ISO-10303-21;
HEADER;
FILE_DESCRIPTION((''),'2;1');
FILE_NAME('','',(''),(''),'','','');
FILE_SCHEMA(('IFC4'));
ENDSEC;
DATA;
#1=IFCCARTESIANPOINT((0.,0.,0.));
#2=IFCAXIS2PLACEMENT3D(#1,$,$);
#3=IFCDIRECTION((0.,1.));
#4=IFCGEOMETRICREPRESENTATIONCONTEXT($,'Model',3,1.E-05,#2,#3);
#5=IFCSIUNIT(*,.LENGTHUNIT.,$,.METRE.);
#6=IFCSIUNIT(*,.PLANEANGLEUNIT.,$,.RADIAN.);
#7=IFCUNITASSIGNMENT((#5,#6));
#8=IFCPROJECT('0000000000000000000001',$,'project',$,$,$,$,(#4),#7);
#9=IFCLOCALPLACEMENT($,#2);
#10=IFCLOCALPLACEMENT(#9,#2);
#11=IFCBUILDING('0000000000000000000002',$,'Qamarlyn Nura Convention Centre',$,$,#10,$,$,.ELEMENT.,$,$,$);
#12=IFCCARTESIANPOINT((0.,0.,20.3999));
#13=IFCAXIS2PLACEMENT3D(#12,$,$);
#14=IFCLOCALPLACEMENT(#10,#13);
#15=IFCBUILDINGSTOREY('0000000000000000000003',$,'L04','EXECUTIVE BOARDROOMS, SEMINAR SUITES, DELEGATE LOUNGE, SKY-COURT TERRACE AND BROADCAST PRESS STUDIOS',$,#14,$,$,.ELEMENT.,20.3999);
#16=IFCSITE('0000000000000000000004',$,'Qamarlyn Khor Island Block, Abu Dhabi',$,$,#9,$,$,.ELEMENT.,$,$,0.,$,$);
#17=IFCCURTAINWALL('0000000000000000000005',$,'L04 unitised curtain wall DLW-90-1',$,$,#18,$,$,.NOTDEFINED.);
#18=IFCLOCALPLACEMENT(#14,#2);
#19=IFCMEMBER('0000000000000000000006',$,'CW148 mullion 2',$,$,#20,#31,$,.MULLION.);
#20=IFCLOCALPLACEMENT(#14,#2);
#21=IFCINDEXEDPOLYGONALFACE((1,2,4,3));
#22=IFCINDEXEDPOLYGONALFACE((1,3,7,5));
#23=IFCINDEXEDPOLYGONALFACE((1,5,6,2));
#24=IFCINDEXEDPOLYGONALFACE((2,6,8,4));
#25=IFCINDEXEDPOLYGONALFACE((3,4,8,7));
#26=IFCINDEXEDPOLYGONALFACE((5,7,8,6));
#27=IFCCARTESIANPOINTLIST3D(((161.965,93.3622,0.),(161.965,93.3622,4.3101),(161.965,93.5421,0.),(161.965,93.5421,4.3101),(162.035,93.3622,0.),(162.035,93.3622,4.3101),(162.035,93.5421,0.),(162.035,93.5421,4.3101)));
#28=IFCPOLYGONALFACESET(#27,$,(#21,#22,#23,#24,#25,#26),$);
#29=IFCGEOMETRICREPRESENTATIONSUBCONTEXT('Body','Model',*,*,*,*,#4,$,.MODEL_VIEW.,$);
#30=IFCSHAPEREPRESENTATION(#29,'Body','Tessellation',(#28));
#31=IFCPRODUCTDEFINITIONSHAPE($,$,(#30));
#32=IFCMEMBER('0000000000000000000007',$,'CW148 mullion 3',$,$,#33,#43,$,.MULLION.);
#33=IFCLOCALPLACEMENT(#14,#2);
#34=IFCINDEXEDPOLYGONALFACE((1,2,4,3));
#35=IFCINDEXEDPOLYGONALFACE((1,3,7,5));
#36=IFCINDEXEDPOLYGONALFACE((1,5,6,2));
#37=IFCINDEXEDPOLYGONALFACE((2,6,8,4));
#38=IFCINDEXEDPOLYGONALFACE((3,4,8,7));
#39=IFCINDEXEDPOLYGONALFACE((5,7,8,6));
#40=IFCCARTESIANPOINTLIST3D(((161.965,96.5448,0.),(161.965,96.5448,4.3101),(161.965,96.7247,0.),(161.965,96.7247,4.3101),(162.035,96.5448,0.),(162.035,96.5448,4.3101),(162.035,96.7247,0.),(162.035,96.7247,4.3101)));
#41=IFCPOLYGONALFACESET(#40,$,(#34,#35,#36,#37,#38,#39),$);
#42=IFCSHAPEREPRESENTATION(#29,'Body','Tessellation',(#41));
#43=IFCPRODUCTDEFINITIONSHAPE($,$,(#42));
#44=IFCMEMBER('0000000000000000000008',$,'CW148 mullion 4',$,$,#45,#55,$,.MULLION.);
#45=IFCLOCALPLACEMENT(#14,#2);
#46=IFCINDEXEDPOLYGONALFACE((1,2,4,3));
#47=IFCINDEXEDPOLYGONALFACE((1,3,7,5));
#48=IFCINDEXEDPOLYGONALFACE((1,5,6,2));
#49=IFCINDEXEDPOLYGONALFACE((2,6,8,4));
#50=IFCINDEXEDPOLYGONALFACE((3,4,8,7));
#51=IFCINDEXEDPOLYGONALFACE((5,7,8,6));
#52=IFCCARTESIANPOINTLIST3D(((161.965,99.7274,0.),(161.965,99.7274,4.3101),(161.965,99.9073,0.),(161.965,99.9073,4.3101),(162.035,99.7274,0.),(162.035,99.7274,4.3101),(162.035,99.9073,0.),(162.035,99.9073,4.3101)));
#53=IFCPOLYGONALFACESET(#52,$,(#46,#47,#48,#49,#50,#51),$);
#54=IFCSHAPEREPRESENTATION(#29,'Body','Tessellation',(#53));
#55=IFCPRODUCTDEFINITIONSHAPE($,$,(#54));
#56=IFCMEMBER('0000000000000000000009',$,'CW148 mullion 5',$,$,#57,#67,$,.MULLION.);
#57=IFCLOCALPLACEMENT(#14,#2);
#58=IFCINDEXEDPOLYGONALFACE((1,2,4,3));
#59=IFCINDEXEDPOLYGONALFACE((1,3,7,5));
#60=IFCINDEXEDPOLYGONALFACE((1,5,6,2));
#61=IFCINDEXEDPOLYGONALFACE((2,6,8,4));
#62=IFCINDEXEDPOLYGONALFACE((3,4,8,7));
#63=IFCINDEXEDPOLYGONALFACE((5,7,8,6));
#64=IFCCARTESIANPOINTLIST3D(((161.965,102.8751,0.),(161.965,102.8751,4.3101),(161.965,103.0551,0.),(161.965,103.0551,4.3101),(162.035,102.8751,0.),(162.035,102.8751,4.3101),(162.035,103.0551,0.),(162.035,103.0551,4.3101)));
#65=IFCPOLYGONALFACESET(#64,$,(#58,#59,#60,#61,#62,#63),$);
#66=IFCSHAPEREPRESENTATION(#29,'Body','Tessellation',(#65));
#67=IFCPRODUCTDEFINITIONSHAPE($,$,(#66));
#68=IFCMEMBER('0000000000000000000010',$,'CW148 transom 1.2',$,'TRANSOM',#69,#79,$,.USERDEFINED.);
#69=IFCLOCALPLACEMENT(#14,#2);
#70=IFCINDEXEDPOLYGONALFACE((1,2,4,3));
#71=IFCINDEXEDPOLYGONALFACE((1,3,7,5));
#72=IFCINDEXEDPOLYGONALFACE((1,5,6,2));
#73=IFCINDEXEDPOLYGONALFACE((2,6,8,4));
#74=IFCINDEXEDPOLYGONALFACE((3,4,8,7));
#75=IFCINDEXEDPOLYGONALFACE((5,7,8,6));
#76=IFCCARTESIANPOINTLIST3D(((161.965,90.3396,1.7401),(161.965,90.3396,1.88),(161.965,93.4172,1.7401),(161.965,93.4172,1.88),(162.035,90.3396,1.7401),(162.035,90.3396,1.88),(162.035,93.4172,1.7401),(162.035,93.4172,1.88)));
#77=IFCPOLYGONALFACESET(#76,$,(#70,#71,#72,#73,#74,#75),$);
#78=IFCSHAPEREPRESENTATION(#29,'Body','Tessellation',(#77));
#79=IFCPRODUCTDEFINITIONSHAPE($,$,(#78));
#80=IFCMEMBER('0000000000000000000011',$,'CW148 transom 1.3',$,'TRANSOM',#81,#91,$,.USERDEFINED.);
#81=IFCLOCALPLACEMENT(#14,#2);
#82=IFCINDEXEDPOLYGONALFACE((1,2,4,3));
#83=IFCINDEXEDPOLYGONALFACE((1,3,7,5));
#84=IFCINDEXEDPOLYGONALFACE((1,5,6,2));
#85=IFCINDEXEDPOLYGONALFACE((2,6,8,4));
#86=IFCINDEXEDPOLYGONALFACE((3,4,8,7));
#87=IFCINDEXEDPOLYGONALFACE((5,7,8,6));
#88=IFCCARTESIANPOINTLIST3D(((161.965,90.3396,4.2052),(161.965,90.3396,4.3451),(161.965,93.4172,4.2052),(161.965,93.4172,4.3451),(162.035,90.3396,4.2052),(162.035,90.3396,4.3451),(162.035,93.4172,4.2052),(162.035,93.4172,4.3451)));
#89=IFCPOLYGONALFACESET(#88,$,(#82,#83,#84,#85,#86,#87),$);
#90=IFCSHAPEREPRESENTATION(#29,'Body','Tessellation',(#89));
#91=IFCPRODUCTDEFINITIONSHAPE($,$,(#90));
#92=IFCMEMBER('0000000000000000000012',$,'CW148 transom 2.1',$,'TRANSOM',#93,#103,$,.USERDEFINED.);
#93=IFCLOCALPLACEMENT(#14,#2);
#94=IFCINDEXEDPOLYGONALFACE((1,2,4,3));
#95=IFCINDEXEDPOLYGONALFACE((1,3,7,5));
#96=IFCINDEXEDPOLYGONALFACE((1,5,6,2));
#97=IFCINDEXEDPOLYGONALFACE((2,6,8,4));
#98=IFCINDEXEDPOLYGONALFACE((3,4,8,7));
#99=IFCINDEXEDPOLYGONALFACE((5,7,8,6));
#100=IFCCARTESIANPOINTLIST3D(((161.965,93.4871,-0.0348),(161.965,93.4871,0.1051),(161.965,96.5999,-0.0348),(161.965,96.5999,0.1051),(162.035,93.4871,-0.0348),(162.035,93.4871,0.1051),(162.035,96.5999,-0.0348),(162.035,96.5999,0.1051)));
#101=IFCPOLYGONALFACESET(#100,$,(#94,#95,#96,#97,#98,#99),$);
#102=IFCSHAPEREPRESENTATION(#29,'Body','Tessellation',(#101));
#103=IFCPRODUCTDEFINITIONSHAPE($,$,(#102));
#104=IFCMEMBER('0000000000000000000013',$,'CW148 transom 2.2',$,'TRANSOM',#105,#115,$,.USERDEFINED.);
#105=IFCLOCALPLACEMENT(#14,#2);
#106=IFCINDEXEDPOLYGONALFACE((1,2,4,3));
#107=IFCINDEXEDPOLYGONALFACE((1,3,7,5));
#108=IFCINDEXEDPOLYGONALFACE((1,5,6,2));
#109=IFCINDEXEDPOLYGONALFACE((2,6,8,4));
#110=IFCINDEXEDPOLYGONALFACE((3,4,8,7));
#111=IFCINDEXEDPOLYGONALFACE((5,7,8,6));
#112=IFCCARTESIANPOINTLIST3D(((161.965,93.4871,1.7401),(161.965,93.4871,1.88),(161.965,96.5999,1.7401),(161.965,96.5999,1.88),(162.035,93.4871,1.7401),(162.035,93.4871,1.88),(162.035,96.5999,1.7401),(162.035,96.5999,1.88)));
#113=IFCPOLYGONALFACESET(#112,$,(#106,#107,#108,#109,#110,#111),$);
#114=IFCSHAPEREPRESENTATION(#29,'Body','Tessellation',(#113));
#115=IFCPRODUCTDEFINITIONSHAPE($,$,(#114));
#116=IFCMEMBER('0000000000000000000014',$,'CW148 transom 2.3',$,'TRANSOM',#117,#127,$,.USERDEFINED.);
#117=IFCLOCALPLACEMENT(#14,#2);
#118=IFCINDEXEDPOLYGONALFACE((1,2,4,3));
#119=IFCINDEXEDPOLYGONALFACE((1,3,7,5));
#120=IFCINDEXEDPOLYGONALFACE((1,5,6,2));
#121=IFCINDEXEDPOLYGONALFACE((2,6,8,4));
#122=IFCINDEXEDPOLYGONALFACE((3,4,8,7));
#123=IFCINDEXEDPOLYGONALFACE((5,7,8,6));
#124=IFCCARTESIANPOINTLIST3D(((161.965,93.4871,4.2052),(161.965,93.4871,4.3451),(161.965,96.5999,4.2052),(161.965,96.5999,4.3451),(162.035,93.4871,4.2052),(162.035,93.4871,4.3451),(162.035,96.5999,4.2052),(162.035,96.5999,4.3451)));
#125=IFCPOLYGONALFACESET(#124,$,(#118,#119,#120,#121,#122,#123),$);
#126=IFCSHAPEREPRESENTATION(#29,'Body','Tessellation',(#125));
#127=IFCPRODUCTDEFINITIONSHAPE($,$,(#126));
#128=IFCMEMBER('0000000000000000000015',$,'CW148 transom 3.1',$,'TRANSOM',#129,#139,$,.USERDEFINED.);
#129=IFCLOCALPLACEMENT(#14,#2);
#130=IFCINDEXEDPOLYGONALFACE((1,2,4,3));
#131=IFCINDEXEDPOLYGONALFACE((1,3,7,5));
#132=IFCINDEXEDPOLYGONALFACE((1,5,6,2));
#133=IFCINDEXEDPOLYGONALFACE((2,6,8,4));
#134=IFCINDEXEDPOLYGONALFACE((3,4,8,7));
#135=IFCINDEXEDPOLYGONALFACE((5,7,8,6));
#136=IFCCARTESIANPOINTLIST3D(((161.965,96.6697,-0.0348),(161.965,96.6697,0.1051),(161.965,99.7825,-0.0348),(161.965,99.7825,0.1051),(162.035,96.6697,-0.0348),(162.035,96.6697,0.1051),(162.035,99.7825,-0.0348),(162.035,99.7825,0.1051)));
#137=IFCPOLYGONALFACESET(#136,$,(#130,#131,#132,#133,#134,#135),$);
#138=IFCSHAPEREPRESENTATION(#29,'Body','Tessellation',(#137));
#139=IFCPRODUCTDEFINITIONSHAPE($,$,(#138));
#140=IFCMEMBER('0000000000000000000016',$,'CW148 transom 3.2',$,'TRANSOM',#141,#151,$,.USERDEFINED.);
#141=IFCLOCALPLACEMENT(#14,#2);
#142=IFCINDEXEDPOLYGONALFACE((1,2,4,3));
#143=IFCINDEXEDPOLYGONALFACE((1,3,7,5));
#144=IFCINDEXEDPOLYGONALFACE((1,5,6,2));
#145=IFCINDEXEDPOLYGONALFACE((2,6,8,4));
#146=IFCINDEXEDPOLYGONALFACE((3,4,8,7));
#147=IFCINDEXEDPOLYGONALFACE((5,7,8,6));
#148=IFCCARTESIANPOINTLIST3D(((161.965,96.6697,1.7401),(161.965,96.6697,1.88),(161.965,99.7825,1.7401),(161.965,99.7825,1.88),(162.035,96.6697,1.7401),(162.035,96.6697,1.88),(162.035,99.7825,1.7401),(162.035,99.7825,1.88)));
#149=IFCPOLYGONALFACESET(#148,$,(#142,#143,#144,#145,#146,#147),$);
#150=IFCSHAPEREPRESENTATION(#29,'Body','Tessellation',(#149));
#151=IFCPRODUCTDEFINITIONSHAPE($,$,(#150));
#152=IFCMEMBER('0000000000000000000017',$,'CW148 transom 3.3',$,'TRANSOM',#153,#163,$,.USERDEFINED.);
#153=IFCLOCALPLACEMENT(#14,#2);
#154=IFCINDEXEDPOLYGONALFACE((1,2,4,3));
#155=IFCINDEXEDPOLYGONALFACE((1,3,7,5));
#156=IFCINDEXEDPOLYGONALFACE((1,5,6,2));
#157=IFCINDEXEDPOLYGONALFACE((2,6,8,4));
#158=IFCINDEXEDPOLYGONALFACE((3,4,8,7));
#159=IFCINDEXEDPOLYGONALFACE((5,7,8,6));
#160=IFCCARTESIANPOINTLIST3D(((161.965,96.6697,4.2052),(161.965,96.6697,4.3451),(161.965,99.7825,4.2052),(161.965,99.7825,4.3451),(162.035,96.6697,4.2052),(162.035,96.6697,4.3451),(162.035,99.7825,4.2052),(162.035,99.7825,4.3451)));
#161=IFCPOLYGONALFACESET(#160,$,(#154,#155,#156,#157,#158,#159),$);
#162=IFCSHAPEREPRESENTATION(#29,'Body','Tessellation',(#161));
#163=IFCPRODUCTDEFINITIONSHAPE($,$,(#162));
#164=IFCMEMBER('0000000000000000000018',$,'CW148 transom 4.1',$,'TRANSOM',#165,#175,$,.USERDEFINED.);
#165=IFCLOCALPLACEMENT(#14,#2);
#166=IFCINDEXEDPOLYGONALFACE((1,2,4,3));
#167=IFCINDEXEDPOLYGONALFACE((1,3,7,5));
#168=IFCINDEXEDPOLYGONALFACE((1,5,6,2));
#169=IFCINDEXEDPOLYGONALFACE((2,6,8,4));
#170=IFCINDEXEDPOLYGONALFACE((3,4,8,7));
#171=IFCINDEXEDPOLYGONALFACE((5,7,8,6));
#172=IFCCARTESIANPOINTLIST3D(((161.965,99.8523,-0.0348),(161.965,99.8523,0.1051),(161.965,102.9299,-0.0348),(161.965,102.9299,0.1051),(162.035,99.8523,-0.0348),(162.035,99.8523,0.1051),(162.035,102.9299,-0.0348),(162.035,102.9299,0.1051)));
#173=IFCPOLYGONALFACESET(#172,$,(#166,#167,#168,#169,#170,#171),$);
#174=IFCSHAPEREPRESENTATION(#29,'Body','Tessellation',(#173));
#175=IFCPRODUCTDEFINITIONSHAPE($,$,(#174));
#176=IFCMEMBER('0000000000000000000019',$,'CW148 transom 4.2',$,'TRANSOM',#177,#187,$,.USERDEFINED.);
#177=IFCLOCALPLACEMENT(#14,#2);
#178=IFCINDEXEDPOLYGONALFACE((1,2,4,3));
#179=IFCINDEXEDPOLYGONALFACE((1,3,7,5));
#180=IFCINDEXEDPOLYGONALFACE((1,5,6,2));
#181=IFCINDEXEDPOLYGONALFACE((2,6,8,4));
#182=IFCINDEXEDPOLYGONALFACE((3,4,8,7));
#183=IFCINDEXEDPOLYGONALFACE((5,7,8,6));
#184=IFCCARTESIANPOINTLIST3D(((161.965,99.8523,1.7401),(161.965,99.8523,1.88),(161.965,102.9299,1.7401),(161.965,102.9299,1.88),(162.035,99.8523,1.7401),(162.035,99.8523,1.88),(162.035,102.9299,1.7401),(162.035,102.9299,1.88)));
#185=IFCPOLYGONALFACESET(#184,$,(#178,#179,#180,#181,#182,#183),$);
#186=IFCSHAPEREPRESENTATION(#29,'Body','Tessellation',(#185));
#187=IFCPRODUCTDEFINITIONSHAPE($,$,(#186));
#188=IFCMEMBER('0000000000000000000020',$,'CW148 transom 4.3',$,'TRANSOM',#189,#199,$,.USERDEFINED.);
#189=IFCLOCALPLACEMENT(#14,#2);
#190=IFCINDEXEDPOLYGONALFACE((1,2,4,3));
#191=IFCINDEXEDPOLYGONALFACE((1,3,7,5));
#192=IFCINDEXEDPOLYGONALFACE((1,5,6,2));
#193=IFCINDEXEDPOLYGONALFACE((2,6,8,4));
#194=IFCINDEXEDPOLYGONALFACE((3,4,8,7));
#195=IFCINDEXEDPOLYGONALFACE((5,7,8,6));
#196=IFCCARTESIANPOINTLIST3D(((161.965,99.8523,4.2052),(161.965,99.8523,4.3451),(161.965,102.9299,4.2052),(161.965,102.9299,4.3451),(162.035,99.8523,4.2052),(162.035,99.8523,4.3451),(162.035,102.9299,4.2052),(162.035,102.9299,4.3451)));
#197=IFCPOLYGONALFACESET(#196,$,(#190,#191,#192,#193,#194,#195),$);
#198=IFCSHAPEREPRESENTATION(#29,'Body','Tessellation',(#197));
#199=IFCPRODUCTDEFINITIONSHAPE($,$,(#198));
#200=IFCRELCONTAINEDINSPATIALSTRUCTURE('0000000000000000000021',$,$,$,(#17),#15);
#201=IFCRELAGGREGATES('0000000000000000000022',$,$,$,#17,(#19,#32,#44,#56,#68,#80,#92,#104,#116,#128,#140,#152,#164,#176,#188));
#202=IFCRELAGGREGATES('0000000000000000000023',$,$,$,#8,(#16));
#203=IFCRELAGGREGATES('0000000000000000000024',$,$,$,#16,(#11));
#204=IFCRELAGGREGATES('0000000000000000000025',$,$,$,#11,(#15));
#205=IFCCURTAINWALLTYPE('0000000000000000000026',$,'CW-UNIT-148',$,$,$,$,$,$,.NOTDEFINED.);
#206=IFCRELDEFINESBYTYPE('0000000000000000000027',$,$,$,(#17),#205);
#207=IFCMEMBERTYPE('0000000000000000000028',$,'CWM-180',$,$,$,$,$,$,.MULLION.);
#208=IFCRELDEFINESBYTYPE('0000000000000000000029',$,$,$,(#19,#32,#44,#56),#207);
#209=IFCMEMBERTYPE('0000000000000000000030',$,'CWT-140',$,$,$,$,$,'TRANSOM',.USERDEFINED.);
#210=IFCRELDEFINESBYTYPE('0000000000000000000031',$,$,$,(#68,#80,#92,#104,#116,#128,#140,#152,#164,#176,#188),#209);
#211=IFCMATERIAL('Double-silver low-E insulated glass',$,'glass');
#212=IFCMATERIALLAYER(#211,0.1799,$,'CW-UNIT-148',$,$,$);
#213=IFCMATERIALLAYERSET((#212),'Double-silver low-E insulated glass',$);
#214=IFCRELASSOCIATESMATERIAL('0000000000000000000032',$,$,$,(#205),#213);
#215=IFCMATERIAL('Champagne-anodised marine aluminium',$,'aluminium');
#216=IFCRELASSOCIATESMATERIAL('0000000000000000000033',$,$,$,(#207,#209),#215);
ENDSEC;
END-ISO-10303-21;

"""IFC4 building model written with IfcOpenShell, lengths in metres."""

from ifc_helpers import new_model, si_unit, direction, frame, origin, origin_2d, place, context, subcontext, project, spatial, rectangle, extrude, material, layer, layer_set, material_profile, profile_set, type_object, element, aggregate, save


model = new_model("IFC4")

# Units and contexts
model_context = context("Model", 3, precision=1e-05, world=origin(), true_north=direction((0.0, 1.0)))
body_context = subcontext(model_context, "Body", "Model", "MODEL_VIEW")
ifc_project = project(units=[si_unit("LENGTHUNIT", "METRE"), si_unit("PLANEANGLEUNIT", "RADIAN")], contexts=[model_context])

# Site, building, storey
site_placement = place(None, origin())
site = spatial("IfcSite", under=ifc_project, at=site_placement, Name="Qamarlyn Khor Island Block, Abu Dhabi", CompositionType="ELEMENT", RefElevation=0.0)
building_placement = place(site_placement, origin())
building = spatial("IfcBuilding", under=site, at=building_placement, Name="Qamarlyn Nura Convention Centre", CompositionType="ELEMENT")
storey_placement = place(building_placement, frame((0.0, 0.0, 20.3999)))
storey = spatial("IfcBuildingStorey", under=building, at=storey_placement, Name="L04", Description="EXECUTIVE BOARDROOMS, SEMINAR SUITES, DELEGATE LOUNGE, SKY-COURT TERRACE AND BROADCAST PRESS STUDIOS", CompositionType="ELEMENT", Elevation=20.3999)

# Shared definitions
ifc_material_1 = material(Name="Double-silver low-E insulated glass", Category="glass")
ifc_material_2 = material(Name="Champagne-anodised marine aluminium", Category="aluminium")

# Curtain wall, members
ifc_layer_1 = layer(ifc_material_1, 0.1799, Name="CW-UNIT-148")
ifc_layer_set_1 = layer_set([ifc_layer_1], Name="Double-silver low-E insulated glass")
curtain_wall_type_1 = type_object("IfcCurtainWallType", Name="CW-UNIT-148", PredefinedType="NOTDEFINED", material=ifc_layer_set_1)
curtain_wall_1_placement = place(storey_placement, origin())
curtain_wall_1 = element("IfcCurtainWall", 1, at=curtain_wall_1_placement, inside=storey, type_object=curtain_wall_type_1, Name="L04 unitised curtain wall DLW-90-1", PredefinedType="NOTDEFINED")
ifc_material_profile_1 = material_profile(ifc_material_2, rectangle(XDim=0.0701, YDim=0.1799, at=origin_2d()), Name="ALU MULLION 70x180")
ifc_profile_set_1 = profile_set([ifc_material_profile_1], Name="Champagne-anodised marine aluminium")
member_type_1 = type_object("IfcMemberType", Name="CWM-180", PredefinedType="MULLION", material=ifc_profile_set_1)
member_1_placement = place(storey_placement, frame((162.0, 93.4521, 0.0), z_axis=(0.0, 0.0, 1.0), x_axis=(-1.0, 0.0, 0.0)))
member_1 = element("IfcMember", 2, at=member_1_placement, type_object=member_type_1, Name="CW148 mullion 2", PredefinedType="MULLION", context=body_context, shape_type="SweptSolid", body=[
    extrude(rectangle(XDim=0.0701, YDim=0.1799, at=origin_2d()), origin(), (0.0, 0.0, 1.0), 4.3101),
])
member_2_placement = place(storey_placement, frame((162.0, 96.6348, 0.0), z_axis=(0.0, 0.0, 1.0), x_axis=(-1.0, 0.0, 0.0)))
member_2 = element("IfcMember", 3, at=member_2_placement, type_object=member_type_1, Name="CW148 mullion 3", PredefinedType="MULLION", context=body_context, shape_type="SweptSolid", body=[
    extrude(rectangle(XDim=0.0701, YDim=0.1799, at=origin_2d()), origin(), (0.0, 0.0, 1.0), 4.3101),
])
member_3_placement = place(storey_placement, frame((162.0, 99.8174, 0.0), z_axis=(0.0, 0.0, 1.0), x_axis=(-1.0, 0.0, 0.0)))
member_3 = element("IfcMember", 4, at=member_3_placement, type_object=member_type_1, Name="CW148 mullion 4", PredefinedType="MULLION", context=body_context, shape_type="SweptSolid", body=[
    extrude(rectangle(XDim=0.0701, YDim=0.1799, at=origin_2d()), origin(), (0.0, 0.0, 1.0), 4.3101),
])
member_4_placement = place(storey_placement, frame((162.0, 102.9651, 0.0), z_axis=(0.0, 0.0, 1.0), x_axis=(-1.0, 0.0, 0.0)))
member_4 = element("IfcMember", 5, at=member_4_placement, type_object=member_type_1, Name="CW148 mullion 5", PredefinedType="MULLION", context=body_context, shape_type="SweptSolid", body=[
    extrude(rectangle(XDim=0.0701, YDim=0.1799, at=origin_2d()), origin(), (0.0, 0.0, 1.0), 4.3101),
])
ifc_material_profile_2 = material_profile(ifc_material_2, rectangle(XDim=0.0701, YDim=0.1399, at=origin_2d()), Name="ALU TRANSOM 70x140")
ifc_profile_set_2 = profile_set([ifc_material_profile_2], Name="Champagne-anodised marine aluminium")
member_type_2 = type_object("IfcMemberType", Name="CWT-140", ElementType="TRANSOM", PredefinedType="USERDEFINED", material=ifc_profile_set_2)
member_5_placement = place(storey_placement, frame((162.0, 90.3396, 1.8101), z_axis=(0.0, 1.0, 0.0), x_axis=(-1.0, 0.0, 0.0)))
member_5 = element("IfcMember", 6, at=member_5_placement, type_object=member_type_2, Name="CW148 transom 1.2", ObjectType="TRANSOM", PredefinedType="USERDEFINED", context=body_context, shape_type="SweptSolid", body=[
    extrude(rectangle(XDim=0.0701, YDim=0.1399, at=origin_2d()), origin(), (0.0, 0.0, 1.0), 3.0776),
])
member_6_placement = place(storey_placement, frame((162.0, 90.3396, 4.2751), z_axis=(0.0, 1.0, 0.0), x_axis=(-1.0, 0.0, 0.0)))
member_6 = element("IfcMember", 7, at=member_6_placement, type_object=member_type_2, Name="CW148 transom 1.3", ObjectType="TRANSOM", PredefinedType="USERDEFINED", context=body_context, shape_type="SweptSolid", body=[
    extrude(rectangle(XDim=0.0701, YDim=0.1399, at=origin_2d()), origin(), (0.0, 0.0, 1.0), 3.0776),
])
member_7_placement = place(storey_placement, frame((162.0, 93.4871, 0.0352), z_axis=(0.0, 1.0, 0.0), x_axis=(-1.0, 0.0, 0.0)))
member_7 = element("IfcMember", 8, at=member_7_placement, type_object=member_type_2, Name="CW148 transom 2.1", ObjectType="TRANSOM", PredefinedType="USERDEFINED", context=body_context, shape_type="SweptSolid", body=[
    extrude(rectangle(XDim=0.0701, YDim=0.1399, at=origin_2d()), origin(), (0.0, 0.0, 1.0), 3.1128),
])
member_8_placement = place(storey_placement, frame((162.0, 93.4871, 1.8101), z_axis=(0.0, 1.0, 0.0), x_axis=(-1.0, 0.0, 0.0)))
member_8 = element("IfcMember", 9, at=member_8_placement, type_object=member_type_2, Name="CW148 transom 2.2", ObjectType="TRANSOM", PredefinedType="USERDEFINED", context=body_context, shape_type="SweptSolid", body=[
    extrude(rectangle(XDim=0.0701, YDim=0.1399, at=origin_2d()), origin(), (0.0, 0.0, 1.0), 3.1128),
])
member_9_placement = place(storey_placement, frame((162.0, 93.4871, 4.2751), z_axis=(0.0, 1.0, 0.0), x_axis=(-1.0, 0.0, 0.0)))
member_9 = element("IfcMember", 10, at=member_9_placement, type_object=member_type_2, Name="CW148 transom 2.3", ObjectType="TRANSOM", PredefinedType="USERDEFINED", context=body_context, shape_type="SweptSolid", body=[
    extrude(rectangle(XDim=0.0701, YDim=0.1399, at=origin_2d()), origin(), (0.0, 0.0, 1.0), 3.1128),
])
member_10_placement = place(storey_placement, frame((162.0, 96.6697, 0.0352), z_axis=(0.0, 1.0, 0.0), x_axis=(-1.0, 0.0, 0.0)))
member_10 = element("IfcMember", 11, at=member_10_placement, type_object=member_type_2, Name="CW148 transom 3.1", ObjectType="TRANSOM", PredefinedType="USERDEFINED", context=body_context, shape_type="SweptSolid", body=[
    extrude(rectangle(XDim=0.0701, YDim=0.1399, at=origin_2d()), origin(), (0.0, 0.0, 1.0), 3.1128),
])
member_11_placement = place(storey_placement, frame((162.0, 96.6697, 1.8101), z_axis=(0.0, 1.0, 0.0), x_axis=(-1.0, 0.0, 0.0)))
member_11 = element("IfcMember", 12, at=member_11_placement, type_object=member_type_2, Name="CW148 transom 3.2", ObjectType="TRANSOM", PredefinedType="USERDEFINED", context=body_context, shape_type="SweptSolid", body=[
    extrude(rectangle(XDim=0.0701, YDim=0.1399, at=origin_2d()), origin(), (0.0, 0.0, 1.0), 3.1128),
])
member_12_placement = place(storey_placement, frame((162.0, 96.6697, 4.2751), z_axis=(0.0, 1.0, 0.0), x_axis=(-1.0, 0.0, 0.0)))
member_12 = element("IfcMember", 13, at=member_12_placement, type_object=member_type_2, Name="CW148 transom 3.3", ObjectType="TRANSOM", PredefinedType="USERDEFINED", context=body_context, shape_type="SweptSolid", body=[
    extrude(rectangle(XDim=0.0701, YDim=0.1399, at=origin_2d()), origin(), (0.0, 0.0, 1.0), 3.1128),
])
member_13_placement = place(storey_placement, frame((162.0, 99.8523, 0.0352), z_axis=(0.0, 1.0, 0.0), x_axis=(-1.0, 0.0, 0.0)))
member_13 = element("IfcMember", 14, at=member_13_placement, type_object=member_type_2, Name="CW148 transom 4.1", ObjectType="TRANSOM", PredefinedType="USERDEFINED", context=body_context, shape_type="SweptSolid", body=[
    extrude(rectangle(XDim=0.0701, YDim=0.1399, at=origin_2d()), origin(), (0.0, 0.0, 1.0), 3.0776),
])
member_14_placement = place(storey_placement, frame((162.0, 99.8523, 1.8101), z_axis=(0.0, 1.0, 0.0), x_axis=(-1.0, 0.0, 0.0)))
member_14 = element("IfcMember", 15, at=member_14_placement, type_object=member_type_2, Name="CW148 transom 4.2", ObjectType="TRANSOM", PredefinedType="USERDEFINED", context=body_context, shape_type="SweptSolid", body=[
    extrude(rectangle(XDim=0.0701, YDim=0.1399, at=origin_2d()), origin(), (0.0, 0.0, 1.0), 3.0776),
])
member_15_placement = place(storey_placement, frame((162.0, 99.8523, 4.2751), z_axis=(0.0, 1.0, 0.0), x_axis=(-1.0, 0.0, 0.0)))
member_15 = element("IfcMember", 16, at=member_15_placement, type_object=member_type_2, Name="CW148 transom 4.3", ObjectType="TRANSOM", PredefinedType="USERDEFINED", context=body_context, shape_type="SweptSolid", body=[
    extrude(rectangle(XDim=0.0701, YDim=0.1399, at=origin_2d()), origin(), (0.0, 0.0, 1.0), 3.0776),
])
aggregate(curtain_wall_1, [member_1, member_2, member_3, member_4, member_5, member_6, member_7, member_8, member_9, member_10, member_11, member_12, member_13, member_14, member_15])

save(model, "model.ifc")
